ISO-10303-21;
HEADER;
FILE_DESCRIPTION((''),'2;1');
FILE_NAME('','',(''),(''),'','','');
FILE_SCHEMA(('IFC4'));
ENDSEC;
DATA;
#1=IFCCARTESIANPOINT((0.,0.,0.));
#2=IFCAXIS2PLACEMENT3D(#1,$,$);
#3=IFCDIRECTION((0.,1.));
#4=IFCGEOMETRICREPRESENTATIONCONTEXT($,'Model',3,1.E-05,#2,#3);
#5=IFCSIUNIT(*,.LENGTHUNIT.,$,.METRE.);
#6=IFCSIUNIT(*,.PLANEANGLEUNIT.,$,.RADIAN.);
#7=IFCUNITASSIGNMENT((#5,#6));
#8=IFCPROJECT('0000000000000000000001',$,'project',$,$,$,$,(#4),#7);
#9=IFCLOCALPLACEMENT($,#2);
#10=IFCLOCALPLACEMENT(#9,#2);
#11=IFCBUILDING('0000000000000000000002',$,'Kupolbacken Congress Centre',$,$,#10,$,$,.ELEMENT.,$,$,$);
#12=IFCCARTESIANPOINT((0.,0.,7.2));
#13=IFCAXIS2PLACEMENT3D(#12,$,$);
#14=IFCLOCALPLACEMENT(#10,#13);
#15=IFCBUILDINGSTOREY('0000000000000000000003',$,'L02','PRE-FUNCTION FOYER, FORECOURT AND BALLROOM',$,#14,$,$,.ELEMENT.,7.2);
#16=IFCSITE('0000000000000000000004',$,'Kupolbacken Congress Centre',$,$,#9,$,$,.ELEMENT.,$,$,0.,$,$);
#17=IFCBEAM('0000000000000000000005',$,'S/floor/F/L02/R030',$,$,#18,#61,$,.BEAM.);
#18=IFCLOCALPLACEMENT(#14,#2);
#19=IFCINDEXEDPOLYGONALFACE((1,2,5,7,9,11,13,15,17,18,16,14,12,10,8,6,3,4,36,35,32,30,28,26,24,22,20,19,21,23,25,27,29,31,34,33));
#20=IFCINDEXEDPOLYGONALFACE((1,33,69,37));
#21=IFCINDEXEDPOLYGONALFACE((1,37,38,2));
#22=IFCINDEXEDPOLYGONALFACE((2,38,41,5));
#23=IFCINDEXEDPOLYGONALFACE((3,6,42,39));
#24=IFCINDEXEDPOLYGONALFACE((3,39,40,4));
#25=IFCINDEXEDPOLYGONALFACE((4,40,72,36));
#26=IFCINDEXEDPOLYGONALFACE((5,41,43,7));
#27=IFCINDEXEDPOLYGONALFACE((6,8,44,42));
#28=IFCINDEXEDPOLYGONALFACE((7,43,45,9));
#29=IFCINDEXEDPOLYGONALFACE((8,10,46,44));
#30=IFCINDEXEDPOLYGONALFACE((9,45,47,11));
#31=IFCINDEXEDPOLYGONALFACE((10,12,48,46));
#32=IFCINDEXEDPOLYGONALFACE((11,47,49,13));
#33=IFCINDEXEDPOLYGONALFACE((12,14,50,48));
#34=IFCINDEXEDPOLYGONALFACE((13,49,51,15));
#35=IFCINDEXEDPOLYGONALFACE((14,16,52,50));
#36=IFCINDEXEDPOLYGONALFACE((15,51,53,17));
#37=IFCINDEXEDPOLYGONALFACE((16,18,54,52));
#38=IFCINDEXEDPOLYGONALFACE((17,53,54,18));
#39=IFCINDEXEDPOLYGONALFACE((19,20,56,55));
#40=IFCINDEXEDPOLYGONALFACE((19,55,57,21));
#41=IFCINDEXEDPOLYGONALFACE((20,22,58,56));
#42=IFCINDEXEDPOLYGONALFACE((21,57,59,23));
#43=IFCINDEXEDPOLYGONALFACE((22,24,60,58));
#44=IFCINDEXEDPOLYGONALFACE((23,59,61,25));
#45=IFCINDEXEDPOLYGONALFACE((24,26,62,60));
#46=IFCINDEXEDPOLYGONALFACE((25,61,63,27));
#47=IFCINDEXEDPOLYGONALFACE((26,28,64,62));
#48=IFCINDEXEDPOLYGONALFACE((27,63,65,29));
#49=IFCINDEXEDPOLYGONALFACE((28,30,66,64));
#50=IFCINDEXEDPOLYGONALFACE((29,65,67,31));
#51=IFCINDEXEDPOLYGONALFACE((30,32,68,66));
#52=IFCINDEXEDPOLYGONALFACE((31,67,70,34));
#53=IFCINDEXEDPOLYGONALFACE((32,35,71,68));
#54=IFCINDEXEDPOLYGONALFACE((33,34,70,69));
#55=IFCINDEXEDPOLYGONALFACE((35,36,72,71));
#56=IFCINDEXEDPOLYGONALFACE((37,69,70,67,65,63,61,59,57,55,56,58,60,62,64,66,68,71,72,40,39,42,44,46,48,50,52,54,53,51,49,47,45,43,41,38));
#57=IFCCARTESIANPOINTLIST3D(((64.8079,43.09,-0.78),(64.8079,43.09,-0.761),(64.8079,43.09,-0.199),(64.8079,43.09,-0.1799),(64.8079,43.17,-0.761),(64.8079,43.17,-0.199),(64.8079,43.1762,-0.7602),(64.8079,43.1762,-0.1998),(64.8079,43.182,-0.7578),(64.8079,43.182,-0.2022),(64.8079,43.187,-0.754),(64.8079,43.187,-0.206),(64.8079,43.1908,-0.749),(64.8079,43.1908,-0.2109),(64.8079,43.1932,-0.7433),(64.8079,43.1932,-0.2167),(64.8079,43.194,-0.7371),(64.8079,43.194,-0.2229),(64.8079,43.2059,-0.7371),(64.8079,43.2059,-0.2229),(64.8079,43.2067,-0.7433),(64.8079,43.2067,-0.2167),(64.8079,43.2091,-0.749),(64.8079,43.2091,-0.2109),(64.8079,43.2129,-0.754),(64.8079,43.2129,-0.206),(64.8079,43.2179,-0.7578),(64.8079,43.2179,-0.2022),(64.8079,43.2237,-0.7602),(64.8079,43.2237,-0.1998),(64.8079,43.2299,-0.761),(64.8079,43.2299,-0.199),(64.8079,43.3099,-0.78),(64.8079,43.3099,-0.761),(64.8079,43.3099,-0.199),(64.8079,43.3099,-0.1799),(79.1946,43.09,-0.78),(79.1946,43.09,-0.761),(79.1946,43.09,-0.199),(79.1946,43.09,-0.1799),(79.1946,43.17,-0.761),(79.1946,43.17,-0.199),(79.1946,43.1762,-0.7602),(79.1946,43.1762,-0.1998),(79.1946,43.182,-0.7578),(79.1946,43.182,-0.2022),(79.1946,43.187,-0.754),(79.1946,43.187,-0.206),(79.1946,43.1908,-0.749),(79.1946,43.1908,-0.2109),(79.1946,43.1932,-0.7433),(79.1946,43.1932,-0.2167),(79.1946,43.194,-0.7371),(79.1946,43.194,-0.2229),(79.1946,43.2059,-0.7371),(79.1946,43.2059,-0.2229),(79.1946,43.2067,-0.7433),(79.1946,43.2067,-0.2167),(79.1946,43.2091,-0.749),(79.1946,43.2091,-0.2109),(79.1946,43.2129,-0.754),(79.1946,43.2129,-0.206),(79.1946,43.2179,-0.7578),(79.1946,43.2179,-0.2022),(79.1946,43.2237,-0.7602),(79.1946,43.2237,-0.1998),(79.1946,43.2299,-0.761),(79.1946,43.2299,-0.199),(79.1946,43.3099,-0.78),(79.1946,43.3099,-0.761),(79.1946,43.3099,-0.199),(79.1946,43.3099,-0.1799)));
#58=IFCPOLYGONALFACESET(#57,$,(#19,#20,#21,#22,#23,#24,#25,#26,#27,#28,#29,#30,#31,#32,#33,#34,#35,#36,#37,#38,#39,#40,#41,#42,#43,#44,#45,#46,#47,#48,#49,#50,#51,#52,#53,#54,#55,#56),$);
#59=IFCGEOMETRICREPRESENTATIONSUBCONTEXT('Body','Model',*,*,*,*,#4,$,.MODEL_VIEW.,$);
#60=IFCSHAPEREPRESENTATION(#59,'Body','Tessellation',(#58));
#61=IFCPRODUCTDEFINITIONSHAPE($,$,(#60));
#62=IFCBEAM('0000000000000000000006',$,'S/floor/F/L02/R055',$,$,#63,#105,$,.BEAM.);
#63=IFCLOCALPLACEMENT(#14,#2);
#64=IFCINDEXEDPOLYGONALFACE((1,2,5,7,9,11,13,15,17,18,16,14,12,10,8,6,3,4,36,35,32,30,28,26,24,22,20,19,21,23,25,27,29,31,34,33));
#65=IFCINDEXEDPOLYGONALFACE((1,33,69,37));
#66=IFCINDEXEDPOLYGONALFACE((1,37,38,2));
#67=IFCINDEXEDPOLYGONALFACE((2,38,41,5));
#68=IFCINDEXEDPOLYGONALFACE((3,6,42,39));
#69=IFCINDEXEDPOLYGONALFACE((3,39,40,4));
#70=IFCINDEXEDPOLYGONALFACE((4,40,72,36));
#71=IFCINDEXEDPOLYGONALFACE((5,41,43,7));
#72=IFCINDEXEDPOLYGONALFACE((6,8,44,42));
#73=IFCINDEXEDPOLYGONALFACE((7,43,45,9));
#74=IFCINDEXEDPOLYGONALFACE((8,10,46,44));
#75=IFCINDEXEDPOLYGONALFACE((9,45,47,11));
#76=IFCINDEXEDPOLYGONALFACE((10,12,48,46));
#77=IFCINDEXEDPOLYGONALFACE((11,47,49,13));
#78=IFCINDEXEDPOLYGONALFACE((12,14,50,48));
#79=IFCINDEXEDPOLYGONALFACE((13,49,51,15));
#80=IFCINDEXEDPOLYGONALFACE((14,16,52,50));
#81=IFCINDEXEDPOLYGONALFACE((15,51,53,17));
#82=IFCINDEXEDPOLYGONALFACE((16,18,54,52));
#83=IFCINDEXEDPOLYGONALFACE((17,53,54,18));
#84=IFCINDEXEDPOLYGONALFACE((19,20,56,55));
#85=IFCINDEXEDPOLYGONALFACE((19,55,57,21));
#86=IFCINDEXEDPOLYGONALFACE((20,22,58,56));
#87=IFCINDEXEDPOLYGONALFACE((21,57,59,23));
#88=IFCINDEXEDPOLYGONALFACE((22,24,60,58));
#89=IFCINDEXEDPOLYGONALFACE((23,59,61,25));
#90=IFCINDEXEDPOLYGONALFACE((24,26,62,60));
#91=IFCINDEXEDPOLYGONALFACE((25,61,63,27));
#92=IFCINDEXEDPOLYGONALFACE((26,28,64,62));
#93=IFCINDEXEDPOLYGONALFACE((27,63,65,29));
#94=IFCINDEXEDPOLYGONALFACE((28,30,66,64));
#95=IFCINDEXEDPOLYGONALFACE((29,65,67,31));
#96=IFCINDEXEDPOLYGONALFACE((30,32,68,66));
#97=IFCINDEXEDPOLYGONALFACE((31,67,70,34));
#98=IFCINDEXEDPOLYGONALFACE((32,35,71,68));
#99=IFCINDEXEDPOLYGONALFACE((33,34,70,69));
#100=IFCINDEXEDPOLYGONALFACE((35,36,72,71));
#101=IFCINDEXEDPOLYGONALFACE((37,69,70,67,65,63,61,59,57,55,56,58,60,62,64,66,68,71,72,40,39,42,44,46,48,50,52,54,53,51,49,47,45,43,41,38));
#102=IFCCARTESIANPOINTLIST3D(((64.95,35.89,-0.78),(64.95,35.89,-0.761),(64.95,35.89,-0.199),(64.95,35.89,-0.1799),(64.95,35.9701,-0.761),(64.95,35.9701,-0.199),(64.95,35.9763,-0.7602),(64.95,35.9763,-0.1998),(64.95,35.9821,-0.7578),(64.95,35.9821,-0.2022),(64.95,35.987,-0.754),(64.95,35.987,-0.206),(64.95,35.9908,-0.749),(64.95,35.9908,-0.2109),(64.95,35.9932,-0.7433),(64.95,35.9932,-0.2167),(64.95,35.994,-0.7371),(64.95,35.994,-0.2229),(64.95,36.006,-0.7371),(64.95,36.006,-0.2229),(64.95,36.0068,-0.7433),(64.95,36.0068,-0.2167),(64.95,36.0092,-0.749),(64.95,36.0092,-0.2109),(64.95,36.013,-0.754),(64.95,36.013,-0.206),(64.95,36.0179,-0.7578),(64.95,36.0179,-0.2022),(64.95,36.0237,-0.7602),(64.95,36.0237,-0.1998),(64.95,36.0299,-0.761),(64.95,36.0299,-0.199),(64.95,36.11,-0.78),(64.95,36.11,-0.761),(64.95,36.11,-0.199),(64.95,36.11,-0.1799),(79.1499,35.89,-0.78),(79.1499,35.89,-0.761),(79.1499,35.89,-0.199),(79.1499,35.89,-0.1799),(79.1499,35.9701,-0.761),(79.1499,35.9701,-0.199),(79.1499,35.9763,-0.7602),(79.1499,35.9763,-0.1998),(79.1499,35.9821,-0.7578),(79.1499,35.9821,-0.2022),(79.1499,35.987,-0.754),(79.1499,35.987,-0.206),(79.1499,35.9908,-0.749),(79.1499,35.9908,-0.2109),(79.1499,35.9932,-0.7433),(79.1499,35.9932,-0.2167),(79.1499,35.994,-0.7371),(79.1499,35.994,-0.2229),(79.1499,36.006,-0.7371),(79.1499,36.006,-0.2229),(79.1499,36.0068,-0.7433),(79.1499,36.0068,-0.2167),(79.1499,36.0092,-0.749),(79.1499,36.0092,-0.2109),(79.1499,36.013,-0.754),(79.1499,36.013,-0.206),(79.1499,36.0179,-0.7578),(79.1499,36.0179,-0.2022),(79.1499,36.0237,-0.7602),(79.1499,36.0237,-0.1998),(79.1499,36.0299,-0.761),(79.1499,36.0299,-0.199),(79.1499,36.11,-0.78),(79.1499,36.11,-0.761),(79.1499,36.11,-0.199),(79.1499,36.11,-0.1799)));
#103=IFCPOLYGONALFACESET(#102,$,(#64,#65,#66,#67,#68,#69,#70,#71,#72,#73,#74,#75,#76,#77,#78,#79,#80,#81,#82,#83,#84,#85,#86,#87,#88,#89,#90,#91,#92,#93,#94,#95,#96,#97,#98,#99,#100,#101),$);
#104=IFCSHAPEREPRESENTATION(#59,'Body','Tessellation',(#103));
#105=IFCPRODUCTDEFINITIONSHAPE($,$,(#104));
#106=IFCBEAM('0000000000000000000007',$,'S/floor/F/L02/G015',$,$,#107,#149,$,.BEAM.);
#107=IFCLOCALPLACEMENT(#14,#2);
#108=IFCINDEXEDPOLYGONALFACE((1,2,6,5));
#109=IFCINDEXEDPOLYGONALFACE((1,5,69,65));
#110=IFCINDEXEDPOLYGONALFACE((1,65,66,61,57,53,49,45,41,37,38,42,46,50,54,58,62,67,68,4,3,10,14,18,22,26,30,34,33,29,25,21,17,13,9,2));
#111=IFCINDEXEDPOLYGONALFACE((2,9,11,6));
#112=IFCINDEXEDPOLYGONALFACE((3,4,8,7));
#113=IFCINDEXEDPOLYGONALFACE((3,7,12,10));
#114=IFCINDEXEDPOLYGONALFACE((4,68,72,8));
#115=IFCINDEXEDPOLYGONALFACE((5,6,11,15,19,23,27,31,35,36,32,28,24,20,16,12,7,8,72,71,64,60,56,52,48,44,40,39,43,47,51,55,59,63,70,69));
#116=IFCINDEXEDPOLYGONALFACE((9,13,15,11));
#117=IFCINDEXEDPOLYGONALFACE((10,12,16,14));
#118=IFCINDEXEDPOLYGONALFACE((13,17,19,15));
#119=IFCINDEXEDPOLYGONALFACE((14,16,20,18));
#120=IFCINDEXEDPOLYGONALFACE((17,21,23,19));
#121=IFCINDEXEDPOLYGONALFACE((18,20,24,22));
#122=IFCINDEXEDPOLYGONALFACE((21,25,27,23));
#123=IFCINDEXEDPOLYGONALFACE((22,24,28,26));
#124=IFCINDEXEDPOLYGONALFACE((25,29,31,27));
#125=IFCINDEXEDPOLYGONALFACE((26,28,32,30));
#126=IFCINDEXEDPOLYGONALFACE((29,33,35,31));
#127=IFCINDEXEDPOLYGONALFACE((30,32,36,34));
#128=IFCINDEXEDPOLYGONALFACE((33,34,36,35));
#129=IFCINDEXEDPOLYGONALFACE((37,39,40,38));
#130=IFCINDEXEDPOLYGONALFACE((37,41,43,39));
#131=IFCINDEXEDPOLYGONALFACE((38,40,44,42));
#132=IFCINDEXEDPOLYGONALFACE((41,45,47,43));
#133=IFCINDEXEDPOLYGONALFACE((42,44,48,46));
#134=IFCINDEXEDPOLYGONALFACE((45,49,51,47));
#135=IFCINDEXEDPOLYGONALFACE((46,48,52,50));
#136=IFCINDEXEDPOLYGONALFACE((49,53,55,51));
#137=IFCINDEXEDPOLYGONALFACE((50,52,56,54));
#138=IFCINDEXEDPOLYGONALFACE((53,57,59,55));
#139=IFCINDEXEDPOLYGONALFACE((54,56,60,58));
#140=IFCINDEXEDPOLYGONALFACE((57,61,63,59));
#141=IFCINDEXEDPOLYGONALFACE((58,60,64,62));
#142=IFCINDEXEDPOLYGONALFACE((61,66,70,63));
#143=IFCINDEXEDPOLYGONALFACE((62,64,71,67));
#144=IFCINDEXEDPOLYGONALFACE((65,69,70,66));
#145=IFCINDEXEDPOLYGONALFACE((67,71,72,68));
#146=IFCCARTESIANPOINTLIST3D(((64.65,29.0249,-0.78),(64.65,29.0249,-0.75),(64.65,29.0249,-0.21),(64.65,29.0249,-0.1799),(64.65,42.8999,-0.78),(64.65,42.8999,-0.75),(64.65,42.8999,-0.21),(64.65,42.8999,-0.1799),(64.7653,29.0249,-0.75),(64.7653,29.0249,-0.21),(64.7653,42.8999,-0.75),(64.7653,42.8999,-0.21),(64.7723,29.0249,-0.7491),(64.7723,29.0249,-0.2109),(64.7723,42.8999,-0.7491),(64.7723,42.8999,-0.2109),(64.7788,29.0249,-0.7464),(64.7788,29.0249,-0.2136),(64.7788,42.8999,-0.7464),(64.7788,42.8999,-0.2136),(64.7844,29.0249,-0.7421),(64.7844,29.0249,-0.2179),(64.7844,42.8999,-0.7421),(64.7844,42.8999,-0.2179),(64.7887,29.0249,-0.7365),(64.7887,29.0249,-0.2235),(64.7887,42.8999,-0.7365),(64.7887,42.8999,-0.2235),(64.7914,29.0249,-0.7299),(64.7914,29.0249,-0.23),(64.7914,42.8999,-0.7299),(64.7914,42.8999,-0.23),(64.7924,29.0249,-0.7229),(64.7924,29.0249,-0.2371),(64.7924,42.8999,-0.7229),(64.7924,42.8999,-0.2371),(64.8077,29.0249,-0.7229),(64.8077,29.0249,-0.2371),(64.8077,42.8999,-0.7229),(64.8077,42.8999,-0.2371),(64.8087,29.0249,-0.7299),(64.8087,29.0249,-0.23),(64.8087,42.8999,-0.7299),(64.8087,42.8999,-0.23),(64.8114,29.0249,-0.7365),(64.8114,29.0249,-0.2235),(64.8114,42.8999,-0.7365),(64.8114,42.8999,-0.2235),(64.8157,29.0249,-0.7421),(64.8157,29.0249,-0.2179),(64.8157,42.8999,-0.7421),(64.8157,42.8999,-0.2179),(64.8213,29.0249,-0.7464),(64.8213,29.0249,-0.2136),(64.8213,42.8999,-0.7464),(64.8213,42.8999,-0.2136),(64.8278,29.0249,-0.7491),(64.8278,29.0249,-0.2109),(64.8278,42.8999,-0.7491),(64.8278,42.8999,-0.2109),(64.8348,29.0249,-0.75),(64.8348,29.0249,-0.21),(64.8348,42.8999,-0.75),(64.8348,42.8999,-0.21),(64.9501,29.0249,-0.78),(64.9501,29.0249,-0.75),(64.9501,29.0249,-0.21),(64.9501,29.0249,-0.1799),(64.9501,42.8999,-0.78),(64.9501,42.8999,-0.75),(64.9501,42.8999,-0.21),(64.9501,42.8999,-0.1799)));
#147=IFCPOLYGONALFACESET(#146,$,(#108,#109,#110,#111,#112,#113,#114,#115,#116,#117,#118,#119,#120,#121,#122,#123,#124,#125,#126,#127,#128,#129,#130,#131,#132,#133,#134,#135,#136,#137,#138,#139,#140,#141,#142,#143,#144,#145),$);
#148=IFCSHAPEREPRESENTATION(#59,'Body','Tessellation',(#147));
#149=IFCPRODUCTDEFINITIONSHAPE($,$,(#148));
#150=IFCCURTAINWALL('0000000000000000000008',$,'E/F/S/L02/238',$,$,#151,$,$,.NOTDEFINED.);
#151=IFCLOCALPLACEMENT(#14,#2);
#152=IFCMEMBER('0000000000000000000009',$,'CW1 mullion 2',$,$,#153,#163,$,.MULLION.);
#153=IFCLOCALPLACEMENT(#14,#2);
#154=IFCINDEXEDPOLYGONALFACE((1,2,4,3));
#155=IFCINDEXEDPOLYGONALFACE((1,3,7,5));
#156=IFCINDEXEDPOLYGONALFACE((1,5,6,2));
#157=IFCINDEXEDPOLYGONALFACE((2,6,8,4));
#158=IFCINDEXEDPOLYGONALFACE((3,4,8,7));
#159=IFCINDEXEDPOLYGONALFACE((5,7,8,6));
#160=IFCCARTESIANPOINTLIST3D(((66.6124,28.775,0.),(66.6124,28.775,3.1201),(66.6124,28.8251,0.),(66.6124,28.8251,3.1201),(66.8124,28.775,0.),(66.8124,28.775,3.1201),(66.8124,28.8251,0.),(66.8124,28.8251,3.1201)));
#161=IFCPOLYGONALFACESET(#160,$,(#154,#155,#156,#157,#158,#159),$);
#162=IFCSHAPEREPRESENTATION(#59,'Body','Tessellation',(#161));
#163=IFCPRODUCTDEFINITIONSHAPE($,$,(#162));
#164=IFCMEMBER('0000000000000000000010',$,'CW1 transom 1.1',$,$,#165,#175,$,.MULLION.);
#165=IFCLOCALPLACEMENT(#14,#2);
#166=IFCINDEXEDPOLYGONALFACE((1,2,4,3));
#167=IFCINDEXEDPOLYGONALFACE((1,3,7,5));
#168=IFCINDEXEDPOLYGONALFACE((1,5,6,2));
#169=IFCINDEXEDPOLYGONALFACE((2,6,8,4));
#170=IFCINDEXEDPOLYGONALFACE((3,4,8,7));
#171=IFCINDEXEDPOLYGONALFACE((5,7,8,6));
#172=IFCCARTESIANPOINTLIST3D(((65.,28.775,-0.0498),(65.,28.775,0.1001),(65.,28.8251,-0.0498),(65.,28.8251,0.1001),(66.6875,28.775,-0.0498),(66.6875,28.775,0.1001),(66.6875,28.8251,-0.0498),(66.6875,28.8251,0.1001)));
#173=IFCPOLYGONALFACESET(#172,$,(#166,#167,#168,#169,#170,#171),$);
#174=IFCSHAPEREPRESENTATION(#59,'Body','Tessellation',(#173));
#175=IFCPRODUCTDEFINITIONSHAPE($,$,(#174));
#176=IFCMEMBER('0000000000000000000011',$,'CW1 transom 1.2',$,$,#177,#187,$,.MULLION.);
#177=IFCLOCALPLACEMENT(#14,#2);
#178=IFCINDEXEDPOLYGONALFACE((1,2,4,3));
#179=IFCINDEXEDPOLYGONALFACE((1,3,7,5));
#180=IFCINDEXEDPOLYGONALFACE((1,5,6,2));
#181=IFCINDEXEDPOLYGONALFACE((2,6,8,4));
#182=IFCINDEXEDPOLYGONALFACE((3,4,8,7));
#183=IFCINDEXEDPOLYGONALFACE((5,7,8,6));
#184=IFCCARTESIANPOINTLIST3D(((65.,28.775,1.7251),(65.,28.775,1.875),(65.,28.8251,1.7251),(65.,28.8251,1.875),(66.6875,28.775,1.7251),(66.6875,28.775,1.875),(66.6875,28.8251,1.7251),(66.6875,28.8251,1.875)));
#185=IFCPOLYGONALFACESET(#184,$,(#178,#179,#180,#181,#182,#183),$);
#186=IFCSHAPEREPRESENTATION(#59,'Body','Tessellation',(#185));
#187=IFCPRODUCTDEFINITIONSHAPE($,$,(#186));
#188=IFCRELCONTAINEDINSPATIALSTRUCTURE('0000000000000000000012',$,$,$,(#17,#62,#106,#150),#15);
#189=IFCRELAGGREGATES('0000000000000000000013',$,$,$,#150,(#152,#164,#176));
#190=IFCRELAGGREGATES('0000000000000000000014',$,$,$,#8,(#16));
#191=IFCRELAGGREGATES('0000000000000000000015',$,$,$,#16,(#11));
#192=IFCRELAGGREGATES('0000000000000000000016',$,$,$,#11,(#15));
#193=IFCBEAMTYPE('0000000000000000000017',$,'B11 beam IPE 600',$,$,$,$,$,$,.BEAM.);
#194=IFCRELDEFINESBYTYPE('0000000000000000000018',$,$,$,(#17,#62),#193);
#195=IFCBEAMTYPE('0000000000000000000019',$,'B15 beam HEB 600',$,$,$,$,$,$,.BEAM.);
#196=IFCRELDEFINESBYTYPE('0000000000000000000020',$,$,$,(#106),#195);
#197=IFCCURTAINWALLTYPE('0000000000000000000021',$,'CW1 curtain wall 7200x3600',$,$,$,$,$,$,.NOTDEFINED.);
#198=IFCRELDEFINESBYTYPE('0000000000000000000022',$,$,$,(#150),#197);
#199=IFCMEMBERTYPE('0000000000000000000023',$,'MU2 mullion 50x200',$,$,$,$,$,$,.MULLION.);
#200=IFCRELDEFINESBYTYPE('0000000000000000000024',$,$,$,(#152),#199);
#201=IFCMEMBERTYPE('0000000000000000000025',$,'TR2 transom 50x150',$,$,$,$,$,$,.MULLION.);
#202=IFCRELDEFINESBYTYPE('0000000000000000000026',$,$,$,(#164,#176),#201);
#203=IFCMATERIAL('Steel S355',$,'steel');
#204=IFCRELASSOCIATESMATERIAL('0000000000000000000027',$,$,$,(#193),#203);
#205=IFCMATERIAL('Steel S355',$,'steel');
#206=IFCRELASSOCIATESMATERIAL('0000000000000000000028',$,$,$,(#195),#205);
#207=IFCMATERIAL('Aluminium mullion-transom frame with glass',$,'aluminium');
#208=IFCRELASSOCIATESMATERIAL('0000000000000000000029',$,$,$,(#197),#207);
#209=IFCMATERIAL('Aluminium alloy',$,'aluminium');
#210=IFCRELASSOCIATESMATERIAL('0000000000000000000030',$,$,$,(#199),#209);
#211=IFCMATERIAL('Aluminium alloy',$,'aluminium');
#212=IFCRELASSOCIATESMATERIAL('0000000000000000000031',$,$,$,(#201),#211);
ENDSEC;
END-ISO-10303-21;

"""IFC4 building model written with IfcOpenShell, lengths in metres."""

from ifc_helpers import new_model, si_unit, direction, frame, origin, origin_2d, place, context, subcontext, project, spatial, rectangle, i_section, extrude, material, material_profile, profile_set, type_object, element, aggregate, save


model = new_model("IFC4")

# Units and contexts
model_context = context("Model", 3, precision=1e-05, world=origin(), true_north=direction((0.0, 1.0)))
body_context = subcontext(model_context, "Body", "Model", "MODEL_VIEW")
ifc_project = project(units=[si_unit("LENGTHUNIT", "METRE"), si_unit("PLANEANGLEUNIT", "RADIAN")], contexts=[model_context])

# Site, building, storey
site_placement = place(None, origin())
site = spatial("IfcSite", under=ifc_project, at=site_placement, Name="Kupolbacken Congress Centre", CompositionType="ELEMENT", RefElevation=0.0)
building_placement = place(site_placement, origin())
building = spatial("IfcBuilding", under=site, at=building_placement, Name="Kupolbacken Congress Centre", CompositionType="ELEMENT")
storey_placement = place(building_placement, frame((0.0, 0.0, 7.2)))
storey = spatial("IfcBuildingStorey", under=building, at=storey_placement, Name="L02", Description="PRE-FUNCTION FOYER, FORECOURT AND BALLROOM", CompositionType="ELEMENT", Elevation=7.2)

# Beams
ifc_material_1 = material(Name="Steel S355", Category="steel")
ifc_material_profile_1 = material_profile(ifc_material_1, i_section(OverallWidth=0.22, OverallDepth=0.6001, WebThickness=0.012, FlangeThickness=0.019, FilletRadius=0.0239, at=origin_2d()), Name="IPE 600")
ifc_profile_set_1 = profile_set([ifc_material_profile_1], Name="Steel S355")
beam_type_1 = type_object("IfcBeamType", Name="B11 beam IPE 600", PredefinedType="BEAM", material=ifc_profile_set_1)
beam_1_placement = place(storey_placement, frame((64.8079, 43.2, -0.48), z_axis=(1.0, 0.0, 0.0), x_axis=(0.0, 1.0, 0.0)))
element("IfcBeam", 1, at=beam_1_placement, inside=storey, type_object=beam_type_1, Name="S/floor/F/L02/R030", PredefinedType="BEAM", context=body_context, shape_type="SweptSolid", body=[
    extrude(i_section(OverallWidth=0.22, OverallDepth=0.6001, WebThickness=0.012, FlangeThickness=0.019, FilletRadius=0.0239, at=origin_2d()), origin(), (0.0, 0.0, 1.0), 14.3867),
])
beam_2_placement = place(storey_placement, frame((64.95, 36.0, -0.48), z_axis=(1.0, 0.0, 0.0), x_axis=(0.0, 1.0, 0.0)))
element("IfcBeam", 2, at=beam_2_placement, inside=storey, type_object=beam_type_1, Name="S/floor/F/L02/R055", PredefinedType="BEAM", context=body_context, shape_type="SweptSolid", body=[
    extrude(i_section(OverallWidth=0.22, OverallDepth=0.6001, WebThickness=0.012, FlangeThickness=0.019, FilletRadius=0.0239, at=origin_2d()), origin(), (0.0, 0.0, 1.0), 14.2),
])
ifc_material_2 = material(Name="Steel S355", Category="steel")
ifc_material_profile_2 = material_profile(ifc_material_2, i_section(OverallWidth=0.3, OverallDepth=0.6001, WebThickness=0.0154, FlangeThickness=0.03, FilletRadius=0.0271, at=origin_2d()), Name="HEB 600")
ifc_profile_set_2 = profile_set([ifc_material_profile_2], Name="Steel S355")
beam_type_2 = type_object("IfcBeamType", Name="B15 beam HEB 600", PredefinedType="BEAM", material=ifc_profile_set_2)
beam_3_placement = place(storey_placement, frame((64.8, 29.0249, -0.48), z_axis=(0.0, 1.0, 0.0), x_axis=(-1.0, 0.0, 0.0)))
element("IfcBeam", 3, at=beam_3_placement, inside=storey, type_object=beam_type_2, Name="S/floor/F/L02/G015", PredefinedType="BEAM", context=body_context, shape_type="SweptSolid", body=[
    extrude(i_section(OverallWidth=0.3, OverallDepth=0.6001, WebThickness=0.0154, FlangeThickness=0.03, FilletRadius=0.0271, at=origin_2d()), origin(), (0.0, 0.0, 1.0), 13.875),
])

# Curtain wall, members
ifc_material_3 = material(Name="Aluminium mullion-transom frame with glass", Category="aluminium")
curtain_wall_type = type_object("IfcCurtainWallType", Name="CW1 curtain wall 7200x3600", PredefinedType="NOTDEFINED", material=ifc_material_3)
curtain_wall_placement = place(storey_placement, origin())
curtain_wall = element("IfcCurtainWall", 4, at=curtain_wall_placement, inside=storey, type_object=curtain_wall_type, Name="E/F/S/L02/238", PredefinedType="NOTDEFINED")
ifc_material_4 = material(Name="Aluminium alloy", Category="aluminium")
ifc_material_profile_3 = material_profile(ifc_material_4, rectangle(XDim=0.05, YDim=0.2, at=origin_2d()), Name="50 x 200")
ifc_profile_set_3 = profile_set([ifc_material_profile_3], Name="Aluminium alloy")
member_type_1 = type_object("IfcMemberType", Name="MU2 mullion 50x200", PredefinedType="MULLION", material=ifc_profile_set_3)
member_1_placement = place(storey_placement, frame((66.7124, 28.8, 0.0), z_axis=(0.0, 0.0, 1.0), x_axis=(0.0, 1.0, 0.0)))
member_1 = element("IfcMember", 5, at=member_1_placement, type_object=member_type_1, Name="CW1 mullion 2", PredefinedType="MULLION", context=body_context, shape_type="SweptSolid", body=[
    extrude(rectangle(XDim=0.05, YDim=0.2, at=origin_2d()), origin(), (0.0, 0.0, 1.0), 3.1201),
])
ifc_material_5 = material(Name="Aluminium alloy", Category="aluminium")
ifc_material_profile_4 = material_profile(ifc_material_5, rectangle(XDim=0.05, YDim=0.1499, at=origin_2d()), Name="50 x 150")
ifc_profile_set_4 = profile_set([ifc_material_profile_4], Name="Aluminium alloy")
member_type_2 = type_object("IfcMemberType", Name="TR2 transom 50x150", PredefinedType="MULLION", material=ifc_profile_set_4)
member_2_placement = place(storey_placement, frame((65.0, 28.8, 0.0251), z_axis=(1.0, 0.0, 0.0), x_axis=(0.0, 1.0, 0.0)))
member_2 = element("IfcMember", 6, at=member_2_placement, type_object=member_type_2, Name="CW1 transom 1.1", PredefinedType="MULLION", context=body_context, shape_type="SweptSolid", body=[
    extrude(rectangle(XDim=0.05, YDim=0.1499, at=origin_2d()), origin(), (0.0, 0.0, 1.0), 1.6875),
])
member_3_placement = place(storey_placement, frame((65.0, 28.8, 1.8), z_axis=(1.0, 0.0, 0.0), x_axis=(0.0, 1.0, 0.0)))
member_3 = element("IfcMember", 7, at=member_3_placement, type_object=member_type_2, Name="CW1 transom 1.2", PredefinedType="MULLION", context=body_context, shape_type="SweptSolid", body=[
    extrude(rectangle(XDim=0.05, YDim=0.1499, at=origin_2d()), origin(), (0.0, 0.0, 1.0), 1.6875),
])
aggregate(curtain_wall, [member_1, member_2, member_3])

save(model, "model.ifc")
